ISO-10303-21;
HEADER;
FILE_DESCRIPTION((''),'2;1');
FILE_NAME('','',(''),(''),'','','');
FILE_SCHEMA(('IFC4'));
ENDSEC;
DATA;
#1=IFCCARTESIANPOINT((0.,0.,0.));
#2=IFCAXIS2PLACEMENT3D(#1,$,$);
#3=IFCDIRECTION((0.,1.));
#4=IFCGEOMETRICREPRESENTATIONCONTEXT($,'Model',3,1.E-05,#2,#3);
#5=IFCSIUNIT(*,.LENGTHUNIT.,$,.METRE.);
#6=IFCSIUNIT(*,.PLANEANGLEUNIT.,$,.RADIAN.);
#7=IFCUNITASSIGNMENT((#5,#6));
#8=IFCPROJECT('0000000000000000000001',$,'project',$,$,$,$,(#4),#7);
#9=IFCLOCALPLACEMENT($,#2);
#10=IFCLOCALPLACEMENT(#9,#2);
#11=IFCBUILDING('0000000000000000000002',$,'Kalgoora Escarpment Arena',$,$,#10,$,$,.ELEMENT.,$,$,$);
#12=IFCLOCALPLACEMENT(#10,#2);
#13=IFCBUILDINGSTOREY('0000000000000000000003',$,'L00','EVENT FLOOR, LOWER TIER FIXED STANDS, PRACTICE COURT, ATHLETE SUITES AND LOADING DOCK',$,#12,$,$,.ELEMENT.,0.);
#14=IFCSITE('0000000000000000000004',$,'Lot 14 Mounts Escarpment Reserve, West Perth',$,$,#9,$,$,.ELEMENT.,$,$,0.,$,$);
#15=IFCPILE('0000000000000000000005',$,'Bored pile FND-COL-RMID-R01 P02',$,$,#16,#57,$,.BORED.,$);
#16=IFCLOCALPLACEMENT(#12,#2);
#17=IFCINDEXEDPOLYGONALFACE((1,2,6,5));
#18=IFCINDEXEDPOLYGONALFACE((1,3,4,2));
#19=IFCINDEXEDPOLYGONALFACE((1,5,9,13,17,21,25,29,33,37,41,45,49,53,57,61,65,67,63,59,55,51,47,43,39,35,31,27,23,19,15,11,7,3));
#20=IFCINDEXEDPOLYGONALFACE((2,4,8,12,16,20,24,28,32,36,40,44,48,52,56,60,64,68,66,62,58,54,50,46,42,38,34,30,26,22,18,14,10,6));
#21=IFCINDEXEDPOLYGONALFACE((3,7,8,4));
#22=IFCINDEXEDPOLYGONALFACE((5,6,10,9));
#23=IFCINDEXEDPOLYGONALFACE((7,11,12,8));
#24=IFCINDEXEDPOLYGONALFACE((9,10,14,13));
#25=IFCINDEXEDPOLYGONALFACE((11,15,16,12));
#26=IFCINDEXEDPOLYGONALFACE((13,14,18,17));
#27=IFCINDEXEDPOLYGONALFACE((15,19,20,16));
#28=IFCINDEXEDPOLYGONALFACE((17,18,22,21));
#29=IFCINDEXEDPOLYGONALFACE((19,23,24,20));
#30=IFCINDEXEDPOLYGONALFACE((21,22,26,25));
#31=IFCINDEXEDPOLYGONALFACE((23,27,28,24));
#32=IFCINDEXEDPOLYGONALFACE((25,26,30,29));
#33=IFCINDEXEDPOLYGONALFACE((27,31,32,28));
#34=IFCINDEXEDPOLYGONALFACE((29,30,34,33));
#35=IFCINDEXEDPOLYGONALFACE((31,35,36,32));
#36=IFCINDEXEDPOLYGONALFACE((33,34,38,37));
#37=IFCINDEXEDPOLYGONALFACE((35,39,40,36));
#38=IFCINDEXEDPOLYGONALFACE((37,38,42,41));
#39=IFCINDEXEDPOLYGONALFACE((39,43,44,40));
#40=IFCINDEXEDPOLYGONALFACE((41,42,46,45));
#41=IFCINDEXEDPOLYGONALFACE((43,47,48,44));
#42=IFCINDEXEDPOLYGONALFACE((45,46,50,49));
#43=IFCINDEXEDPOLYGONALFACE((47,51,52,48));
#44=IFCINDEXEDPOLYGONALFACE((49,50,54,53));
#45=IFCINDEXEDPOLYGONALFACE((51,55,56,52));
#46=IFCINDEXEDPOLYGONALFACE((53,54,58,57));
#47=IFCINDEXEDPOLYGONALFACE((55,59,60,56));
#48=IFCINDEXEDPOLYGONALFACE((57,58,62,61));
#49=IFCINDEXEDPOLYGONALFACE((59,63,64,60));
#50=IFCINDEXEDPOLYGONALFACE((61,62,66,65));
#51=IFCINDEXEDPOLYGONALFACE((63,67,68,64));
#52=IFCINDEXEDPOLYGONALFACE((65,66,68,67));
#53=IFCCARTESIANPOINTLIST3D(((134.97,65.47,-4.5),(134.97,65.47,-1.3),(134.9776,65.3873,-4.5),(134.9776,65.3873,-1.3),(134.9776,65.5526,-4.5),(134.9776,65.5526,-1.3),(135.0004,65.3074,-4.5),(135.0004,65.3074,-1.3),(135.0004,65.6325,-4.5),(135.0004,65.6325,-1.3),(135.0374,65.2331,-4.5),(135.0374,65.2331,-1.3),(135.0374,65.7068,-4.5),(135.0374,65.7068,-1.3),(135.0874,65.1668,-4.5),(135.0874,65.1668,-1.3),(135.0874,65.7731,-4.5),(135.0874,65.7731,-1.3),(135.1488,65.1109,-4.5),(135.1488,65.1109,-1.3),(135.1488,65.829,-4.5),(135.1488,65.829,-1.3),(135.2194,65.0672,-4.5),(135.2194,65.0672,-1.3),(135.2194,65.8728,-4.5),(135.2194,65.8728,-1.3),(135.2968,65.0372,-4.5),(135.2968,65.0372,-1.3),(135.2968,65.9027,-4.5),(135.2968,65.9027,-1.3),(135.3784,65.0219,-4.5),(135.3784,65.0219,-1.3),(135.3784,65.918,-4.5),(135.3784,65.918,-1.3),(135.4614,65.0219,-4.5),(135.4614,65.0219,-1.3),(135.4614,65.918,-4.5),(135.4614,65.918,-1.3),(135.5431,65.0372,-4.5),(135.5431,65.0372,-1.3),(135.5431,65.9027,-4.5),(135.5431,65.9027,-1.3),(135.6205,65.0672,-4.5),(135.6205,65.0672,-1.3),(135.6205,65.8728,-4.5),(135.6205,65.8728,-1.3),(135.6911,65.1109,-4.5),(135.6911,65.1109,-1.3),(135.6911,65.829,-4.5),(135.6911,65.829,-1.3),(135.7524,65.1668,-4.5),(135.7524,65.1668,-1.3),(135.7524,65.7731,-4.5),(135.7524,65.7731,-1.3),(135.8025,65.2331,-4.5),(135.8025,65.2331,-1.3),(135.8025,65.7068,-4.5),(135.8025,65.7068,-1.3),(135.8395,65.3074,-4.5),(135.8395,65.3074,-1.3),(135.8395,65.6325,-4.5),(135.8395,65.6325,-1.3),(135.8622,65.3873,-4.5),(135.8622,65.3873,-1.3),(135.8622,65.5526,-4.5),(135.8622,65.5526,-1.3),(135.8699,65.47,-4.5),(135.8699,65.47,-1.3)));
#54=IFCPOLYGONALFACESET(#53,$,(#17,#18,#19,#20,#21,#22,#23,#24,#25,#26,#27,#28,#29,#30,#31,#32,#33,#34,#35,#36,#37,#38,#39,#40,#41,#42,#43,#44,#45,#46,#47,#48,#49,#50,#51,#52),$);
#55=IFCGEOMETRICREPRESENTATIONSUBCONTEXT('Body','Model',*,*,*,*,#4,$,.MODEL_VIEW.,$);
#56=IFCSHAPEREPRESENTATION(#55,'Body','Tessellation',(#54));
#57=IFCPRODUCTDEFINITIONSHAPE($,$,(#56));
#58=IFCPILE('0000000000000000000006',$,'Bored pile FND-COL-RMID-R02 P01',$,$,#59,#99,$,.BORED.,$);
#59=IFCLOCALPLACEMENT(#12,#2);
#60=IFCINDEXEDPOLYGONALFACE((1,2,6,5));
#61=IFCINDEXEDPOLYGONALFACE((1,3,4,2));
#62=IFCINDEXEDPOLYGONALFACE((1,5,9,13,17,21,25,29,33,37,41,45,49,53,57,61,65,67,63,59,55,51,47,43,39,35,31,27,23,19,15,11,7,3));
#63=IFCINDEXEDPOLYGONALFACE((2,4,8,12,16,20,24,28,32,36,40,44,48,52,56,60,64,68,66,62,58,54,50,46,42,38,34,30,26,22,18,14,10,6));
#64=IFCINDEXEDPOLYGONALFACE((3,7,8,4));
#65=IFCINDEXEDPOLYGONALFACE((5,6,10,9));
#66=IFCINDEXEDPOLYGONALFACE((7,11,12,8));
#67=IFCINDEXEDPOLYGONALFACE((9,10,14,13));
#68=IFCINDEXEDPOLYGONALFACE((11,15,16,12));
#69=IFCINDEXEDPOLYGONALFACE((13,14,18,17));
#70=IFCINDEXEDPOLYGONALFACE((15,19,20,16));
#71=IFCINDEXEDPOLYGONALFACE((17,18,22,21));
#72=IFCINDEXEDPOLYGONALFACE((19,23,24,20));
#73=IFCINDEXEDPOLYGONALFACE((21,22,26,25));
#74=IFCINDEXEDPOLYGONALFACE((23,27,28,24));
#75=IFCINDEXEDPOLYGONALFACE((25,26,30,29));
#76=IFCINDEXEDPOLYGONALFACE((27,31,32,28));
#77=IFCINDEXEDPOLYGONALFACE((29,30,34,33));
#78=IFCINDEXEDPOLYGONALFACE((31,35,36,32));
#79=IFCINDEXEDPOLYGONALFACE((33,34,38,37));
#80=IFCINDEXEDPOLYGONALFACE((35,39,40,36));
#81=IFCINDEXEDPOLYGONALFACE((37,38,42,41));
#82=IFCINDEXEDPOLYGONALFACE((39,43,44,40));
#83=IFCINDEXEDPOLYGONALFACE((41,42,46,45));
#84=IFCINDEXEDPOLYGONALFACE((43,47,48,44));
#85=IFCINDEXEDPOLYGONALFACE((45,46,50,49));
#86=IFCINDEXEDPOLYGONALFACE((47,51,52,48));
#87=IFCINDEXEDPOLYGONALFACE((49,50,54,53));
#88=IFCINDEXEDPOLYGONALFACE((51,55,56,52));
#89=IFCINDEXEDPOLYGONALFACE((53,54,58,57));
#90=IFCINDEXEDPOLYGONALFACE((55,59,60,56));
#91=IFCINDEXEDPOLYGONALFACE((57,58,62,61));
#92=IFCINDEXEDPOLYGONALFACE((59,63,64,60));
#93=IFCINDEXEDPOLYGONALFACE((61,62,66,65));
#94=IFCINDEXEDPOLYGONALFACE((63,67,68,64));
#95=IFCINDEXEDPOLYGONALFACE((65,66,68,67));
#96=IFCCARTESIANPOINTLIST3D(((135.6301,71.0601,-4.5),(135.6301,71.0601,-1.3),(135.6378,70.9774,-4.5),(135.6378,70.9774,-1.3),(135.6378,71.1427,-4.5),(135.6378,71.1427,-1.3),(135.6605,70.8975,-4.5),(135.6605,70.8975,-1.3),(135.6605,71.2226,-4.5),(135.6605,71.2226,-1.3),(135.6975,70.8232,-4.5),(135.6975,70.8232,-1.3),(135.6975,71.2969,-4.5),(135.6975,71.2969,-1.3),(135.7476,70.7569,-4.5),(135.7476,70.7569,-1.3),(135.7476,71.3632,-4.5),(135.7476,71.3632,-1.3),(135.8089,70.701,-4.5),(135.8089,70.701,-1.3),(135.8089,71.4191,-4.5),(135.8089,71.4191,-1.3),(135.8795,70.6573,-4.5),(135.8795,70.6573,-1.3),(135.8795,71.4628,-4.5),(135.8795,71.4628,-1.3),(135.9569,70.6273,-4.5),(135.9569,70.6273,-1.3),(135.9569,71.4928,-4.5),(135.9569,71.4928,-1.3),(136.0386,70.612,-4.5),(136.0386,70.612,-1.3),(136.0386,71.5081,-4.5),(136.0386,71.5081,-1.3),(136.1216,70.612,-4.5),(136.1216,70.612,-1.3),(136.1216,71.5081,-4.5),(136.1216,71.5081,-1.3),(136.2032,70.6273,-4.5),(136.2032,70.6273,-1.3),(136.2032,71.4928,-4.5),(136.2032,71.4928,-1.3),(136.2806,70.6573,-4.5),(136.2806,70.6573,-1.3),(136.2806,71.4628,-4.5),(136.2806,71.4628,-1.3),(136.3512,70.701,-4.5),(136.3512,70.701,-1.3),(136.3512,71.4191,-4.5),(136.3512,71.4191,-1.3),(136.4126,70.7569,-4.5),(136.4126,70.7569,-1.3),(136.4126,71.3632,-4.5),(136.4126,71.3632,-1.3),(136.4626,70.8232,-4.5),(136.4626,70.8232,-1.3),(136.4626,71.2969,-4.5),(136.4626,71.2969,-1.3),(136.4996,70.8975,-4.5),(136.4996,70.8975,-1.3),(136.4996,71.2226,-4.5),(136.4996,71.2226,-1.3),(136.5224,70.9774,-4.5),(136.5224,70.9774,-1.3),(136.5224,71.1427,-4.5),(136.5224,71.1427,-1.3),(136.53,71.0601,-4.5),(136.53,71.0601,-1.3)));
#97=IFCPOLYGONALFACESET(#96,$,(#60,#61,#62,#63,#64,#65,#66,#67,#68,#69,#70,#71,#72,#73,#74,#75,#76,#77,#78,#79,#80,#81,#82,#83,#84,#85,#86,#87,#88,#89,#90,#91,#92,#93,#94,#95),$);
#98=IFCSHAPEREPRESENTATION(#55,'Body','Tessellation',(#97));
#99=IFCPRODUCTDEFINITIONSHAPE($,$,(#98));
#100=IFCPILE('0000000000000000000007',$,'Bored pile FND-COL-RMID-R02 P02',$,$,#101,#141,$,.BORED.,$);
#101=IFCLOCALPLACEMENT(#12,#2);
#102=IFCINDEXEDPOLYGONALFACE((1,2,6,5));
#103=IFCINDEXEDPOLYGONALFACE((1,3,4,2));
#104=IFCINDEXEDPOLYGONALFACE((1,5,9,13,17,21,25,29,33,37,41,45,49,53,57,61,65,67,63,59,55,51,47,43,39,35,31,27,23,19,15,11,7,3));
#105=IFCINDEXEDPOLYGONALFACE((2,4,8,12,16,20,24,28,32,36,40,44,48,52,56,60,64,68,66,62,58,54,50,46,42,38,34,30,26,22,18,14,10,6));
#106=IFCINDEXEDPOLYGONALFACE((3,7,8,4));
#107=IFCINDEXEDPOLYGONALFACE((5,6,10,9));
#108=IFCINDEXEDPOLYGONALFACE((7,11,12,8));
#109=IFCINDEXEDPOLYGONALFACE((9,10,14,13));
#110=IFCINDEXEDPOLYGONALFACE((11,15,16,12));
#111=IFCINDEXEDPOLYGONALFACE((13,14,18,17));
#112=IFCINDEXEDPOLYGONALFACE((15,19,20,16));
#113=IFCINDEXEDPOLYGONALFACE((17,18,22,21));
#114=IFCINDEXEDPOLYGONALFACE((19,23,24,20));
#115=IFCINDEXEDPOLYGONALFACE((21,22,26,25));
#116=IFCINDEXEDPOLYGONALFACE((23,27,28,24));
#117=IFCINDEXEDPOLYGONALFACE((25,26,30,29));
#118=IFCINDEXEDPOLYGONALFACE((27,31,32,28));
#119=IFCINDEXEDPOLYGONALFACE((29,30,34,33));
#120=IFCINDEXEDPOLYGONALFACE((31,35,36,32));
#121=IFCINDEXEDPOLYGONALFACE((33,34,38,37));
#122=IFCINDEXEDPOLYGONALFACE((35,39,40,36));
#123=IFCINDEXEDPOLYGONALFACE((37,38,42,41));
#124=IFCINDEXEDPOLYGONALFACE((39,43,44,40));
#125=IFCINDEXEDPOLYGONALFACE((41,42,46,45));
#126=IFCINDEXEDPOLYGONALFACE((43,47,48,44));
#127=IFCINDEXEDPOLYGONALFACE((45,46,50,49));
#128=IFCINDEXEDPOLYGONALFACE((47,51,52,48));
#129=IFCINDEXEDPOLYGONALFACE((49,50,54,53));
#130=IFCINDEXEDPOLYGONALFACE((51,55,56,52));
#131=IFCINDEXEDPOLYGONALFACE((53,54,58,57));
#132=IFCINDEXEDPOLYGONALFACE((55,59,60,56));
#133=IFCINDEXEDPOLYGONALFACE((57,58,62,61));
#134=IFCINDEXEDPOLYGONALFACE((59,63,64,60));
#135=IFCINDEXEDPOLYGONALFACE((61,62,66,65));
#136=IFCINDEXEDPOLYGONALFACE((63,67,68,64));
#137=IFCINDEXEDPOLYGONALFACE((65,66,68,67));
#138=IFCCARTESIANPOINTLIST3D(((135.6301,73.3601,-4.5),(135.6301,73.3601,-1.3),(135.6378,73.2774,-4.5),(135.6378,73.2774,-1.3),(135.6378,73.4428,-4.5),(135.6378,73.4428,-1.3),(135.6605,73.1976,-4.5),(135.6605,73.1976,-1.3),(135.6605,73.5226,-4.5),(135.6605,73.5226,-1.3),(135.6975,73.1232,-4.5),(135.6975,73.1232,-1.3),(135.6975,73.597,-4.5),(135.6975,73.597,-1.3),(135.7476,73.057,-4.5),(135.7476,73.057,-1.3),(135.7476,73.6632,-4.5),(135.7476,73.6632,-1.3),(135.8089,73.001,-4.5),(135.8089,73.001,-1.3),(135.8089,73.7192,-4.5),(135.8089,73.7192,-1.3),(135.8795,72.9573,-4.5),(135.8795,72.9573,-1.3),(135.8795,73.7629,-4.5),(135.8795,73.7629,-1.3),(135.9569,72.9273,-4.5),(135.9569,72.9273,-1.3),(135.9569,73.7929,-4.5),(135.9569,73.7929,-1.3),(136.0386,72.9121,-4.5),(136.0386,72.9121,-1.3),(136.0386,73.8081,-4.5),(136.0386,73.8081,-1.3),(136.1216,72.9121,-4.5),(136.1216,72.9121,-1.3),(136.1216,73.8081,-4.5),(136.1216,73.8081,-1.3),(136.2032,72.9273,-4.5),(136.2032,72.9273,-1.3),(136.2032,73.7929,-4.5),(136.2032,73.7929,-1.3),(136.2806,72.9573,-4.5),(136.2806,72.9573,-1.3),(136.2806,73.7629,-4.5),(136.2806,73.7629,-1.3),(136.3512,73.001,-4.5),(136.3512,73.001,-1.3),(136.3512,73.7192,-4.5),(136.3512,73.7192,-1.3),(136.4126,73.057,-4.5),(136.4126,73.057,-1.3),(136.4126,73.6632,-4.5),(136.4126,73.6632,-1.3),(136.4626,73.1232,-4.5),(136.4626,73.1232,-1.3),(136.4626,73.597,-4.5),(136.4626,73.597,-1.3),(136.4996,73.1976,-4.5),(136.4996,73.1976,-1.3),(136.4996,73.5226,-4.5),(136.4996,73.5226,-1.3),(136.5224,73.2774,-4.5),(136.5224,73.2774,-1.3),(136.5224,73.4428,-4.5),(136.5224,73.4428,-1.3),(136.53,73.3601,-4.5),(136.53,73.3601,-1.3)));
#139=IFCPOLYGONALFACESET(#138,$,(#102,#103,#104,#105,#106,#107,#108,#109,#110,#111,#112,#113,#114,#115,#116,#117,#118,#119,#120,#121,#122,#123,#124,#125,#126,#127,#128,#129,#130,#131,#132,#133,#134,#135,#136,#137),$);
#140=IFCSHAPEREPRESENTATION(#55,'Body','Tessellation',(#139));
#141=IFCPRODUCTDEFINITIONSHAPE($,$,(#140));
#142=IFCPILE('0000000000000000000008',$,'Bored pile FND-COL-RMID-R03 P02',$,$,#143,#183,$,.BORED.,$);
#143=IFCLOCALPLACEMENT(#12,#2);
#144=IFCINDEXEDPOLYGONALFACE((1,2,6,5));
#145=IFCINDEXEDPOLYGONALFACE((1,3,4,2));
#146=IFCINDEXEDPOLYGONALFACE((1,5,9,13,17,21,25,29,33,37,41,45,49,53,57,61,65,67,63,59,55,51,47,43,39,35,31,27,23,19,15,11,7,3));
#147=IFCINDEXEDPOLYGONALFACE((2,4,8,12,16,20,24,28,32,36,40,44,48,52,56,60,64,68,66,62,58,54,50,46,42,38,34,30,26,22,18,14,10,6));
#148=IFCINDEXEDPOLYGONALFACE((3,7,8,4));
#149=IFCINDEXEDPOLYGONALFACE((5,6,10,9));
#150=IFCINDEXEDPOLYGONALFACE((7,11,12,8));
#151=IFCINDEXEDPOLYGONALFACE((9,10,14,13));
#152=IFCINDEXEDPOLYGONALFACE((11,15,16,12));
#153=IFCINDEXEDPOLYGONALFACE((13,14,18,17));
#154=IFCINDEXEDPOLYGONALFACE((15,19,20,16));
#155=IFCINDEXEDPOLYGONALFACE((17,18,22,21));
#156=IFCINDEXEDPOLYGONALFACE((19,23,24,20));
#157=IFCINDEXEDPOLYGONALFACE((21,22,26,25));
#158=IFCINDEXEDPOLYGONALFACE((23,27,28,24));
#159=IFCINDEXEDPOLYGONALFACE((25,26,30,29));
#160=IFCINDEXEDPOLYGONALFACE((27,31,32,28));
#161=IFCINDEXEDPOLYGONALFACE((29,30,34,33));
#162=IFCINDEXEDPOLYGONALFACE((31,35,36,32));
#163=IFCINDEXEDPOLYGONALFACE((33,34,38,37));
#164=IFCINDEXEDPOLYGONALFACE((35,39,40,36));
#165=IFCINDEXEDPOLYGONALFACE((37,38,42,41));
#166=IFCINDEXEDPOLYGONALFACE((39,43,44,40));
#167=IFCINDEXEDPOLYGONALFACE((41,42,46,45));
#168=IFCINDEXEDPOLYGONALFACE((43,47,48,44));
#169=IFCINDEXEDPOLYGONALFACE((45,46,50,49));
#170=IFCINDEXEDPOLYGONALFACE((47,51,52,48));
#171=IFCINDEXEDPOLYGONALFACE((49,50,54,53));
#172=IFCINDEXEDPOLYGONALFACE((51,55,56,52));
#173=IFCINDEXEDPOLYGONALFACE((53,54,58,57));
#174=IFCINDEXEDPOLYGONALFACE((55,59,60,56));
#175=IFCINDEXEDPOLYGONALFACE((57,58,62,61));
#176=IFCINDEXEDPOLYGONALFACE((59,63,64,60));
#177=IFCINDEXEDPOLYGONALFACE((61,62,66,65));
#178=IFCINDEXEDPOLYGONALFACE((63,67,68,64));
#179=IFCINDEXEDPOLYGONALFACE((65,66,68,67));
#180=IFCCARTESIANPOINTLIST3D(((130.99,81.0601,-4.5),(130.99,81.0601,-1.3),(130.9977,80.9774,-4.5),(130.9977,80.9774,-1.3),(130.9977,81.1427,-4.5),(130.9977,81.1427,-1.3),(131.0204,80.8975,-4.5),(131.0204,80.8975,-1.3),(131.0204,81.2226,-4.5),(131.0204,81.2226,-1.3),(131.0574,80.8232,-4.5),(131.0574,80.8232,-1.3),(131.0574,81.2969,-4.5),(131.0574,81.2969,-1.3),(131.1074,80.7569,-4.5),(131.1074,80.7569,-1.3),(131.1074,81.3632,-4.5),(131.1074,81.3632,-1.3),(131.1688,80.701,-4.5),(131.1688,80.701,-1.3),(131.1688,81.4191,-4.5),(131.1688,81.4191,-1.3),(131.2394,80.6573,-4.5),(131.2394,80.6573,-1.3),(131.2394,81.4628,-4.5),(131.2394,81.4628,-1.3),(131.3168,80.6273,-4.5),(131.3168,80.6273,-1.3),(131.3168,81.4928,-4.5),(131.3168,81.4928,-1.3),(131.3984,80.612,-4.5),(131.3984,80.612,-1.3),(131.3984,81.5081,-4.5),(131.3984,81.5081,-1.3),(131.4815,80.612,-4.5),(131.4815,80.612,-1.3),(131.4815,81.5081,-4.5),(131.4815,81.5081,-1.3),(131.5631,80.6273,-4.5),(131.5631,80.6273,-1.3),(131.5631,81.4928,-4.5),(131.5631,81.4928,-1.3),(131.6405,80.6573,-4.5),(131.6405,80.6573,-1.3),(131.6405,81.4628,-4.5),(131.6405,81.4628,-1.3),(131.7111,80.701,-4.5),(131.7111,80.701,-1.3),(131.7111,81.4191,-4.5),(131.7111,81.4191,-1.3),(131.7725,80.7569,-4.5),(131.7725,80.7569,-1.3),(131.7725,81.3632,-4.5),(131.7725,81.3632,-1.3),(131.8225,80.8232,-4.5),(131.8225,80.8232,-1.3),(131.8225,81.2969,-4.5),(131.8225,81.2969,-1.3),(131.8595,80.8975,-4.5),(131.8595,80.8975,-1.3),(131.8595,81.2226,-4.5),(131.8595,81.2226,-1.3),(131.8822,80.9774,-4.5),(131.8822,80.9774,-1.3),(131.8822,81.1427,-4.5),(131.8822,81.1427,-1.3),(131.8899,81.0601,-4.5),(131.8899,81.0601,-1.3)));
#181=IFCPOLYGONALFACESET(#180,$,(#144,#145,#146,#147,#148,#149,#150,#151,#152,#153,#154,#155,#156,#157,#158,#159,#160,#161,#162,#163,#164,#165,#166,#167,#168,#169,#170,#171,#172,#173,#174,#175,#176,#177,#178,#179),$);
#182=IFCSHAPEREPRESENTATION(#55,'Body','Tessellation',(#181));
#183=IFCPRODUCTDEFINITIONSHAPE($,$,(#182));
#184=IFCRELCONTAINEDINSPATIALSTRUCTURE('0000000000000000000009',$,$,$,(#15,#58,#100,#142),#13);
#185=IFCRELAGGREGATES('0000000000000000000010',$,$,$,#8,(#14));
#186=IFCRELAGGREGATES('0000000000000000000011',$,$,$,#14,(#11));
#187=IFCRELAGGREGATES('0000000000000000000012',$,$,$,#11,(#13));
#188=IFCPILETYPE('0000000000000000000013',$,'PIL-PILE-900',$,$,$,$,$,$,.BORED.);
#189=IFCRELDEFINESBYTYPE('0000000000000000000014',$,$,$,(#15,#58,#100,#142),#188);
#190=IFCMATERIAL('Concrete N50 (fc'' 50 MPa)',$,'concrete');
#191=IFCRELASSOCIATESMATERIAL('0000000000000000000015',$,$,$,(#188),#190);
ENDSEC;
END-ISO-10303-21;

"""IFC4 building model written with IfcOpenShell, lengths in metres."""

from ifc_helpers import new_model, si_unit, direction, frame, origin, origin_2d, place, context, subcontext, project, spatial, circle, extrude, material, material_profile, profile_set, type_object, element, save


model = new_model("IFC4")

# Units and contexts
model_context = context("Model", 3, precision=1e-05, world=origin(), true_north=direction((0.0, 1.0)))
body_context = subcontext(model_context, "Body", "Model", "MODEL_VIEW")
ifc_project = project(units=[si_unit("LENGTHUNIT", "METRE"), si_unit("PLANEANGLEUNIT", "RADIAN")], contexts=[model_context])

# Site, building, storey
site_placement = place(None, origin())
site = spatial("IfcSite", under=ifc_project, at=site_placement, Name="Lot 14 Mounts Escarpment Reserve, West Perth", CompositionType="ELEMENT", RefElevation=0.0)
building_placement = place(site_placement, origin())
building = spatial("IfcBuilding", under=site, at=building_placement, Name="Kalgoora Escarpment Arena", CompositionType="ELEMENT")
storey_placement = place(building_placement, origin())
storey = spatial("IfcBuildingStorey", under=building, at=storey_placement, Name="L00", Description="EVENT FLOOR, LOWER TIER FIXED STANDS, PRACTICE COURT, ATHLETE SUITES AND LOADING DOCK", CompositionType="ELEMENT", Elevation=0.0)

# Piles
ifc_material_1 = material(Name="Concrete N50 (fc' 50 MPa)", Category="concrete")
ifc_material_profile_1 = material_profile(ifc_material_1, circle(Radius=0.45, at=origin_2d()))
ifc_profile_set_1 = profile_set([ifc_material_profile_1], Name="Concrete N50 (fc' 50 MPa)")
pile_type_1 = type_object("IfcPileType", Name="PIL-PILE-900", PredefinedType="BORED", material=ifc_profile_set_1)
for number, where, z_axis, x_axis, name in (
    (1, (135.4199, 65.47, -1.3), (0.0, 0.0, -1.0), (1.0, 0.0, 0.0), "Bored pile FND-COL-RMID-R01 P02"),
    (2, (136.0801, 71.0601, -1.3), (0.0, 0.0, -1.0), (1.0, 0.0, 0.0), "Bored pile FND-COL-RMID-R02 P01"),
    (3, (136.0801, 73.3601, -1.3), (0.0, 0.0, -1.0), (1.0, 0.0, 0.0), "Bored pile FND-COL-RMID-R02 P02"),
    (4, (131.4399, 81.0601, -1.3), (0.0, 0.0, -1.0), (1.0, 0.0, 0.0), "Bored pile FND-COL-RMID-R03 P02"),
):
    element("IfcPile", number, at=place(storey_placement, frame(where, z_axis=z_axis, x_axis=x_axis)), inside=storey, type_object=pile_type_1, Name=name, PredefinedType="BORED", context=body_context, shape_type="SweptSolid", body=[
        extrude(circle(Radius=0.45, at=origin_2d()), origin(), (0.0, 0.0, 1.0), 3.2),
    ])

save(model, "model.ifc")
